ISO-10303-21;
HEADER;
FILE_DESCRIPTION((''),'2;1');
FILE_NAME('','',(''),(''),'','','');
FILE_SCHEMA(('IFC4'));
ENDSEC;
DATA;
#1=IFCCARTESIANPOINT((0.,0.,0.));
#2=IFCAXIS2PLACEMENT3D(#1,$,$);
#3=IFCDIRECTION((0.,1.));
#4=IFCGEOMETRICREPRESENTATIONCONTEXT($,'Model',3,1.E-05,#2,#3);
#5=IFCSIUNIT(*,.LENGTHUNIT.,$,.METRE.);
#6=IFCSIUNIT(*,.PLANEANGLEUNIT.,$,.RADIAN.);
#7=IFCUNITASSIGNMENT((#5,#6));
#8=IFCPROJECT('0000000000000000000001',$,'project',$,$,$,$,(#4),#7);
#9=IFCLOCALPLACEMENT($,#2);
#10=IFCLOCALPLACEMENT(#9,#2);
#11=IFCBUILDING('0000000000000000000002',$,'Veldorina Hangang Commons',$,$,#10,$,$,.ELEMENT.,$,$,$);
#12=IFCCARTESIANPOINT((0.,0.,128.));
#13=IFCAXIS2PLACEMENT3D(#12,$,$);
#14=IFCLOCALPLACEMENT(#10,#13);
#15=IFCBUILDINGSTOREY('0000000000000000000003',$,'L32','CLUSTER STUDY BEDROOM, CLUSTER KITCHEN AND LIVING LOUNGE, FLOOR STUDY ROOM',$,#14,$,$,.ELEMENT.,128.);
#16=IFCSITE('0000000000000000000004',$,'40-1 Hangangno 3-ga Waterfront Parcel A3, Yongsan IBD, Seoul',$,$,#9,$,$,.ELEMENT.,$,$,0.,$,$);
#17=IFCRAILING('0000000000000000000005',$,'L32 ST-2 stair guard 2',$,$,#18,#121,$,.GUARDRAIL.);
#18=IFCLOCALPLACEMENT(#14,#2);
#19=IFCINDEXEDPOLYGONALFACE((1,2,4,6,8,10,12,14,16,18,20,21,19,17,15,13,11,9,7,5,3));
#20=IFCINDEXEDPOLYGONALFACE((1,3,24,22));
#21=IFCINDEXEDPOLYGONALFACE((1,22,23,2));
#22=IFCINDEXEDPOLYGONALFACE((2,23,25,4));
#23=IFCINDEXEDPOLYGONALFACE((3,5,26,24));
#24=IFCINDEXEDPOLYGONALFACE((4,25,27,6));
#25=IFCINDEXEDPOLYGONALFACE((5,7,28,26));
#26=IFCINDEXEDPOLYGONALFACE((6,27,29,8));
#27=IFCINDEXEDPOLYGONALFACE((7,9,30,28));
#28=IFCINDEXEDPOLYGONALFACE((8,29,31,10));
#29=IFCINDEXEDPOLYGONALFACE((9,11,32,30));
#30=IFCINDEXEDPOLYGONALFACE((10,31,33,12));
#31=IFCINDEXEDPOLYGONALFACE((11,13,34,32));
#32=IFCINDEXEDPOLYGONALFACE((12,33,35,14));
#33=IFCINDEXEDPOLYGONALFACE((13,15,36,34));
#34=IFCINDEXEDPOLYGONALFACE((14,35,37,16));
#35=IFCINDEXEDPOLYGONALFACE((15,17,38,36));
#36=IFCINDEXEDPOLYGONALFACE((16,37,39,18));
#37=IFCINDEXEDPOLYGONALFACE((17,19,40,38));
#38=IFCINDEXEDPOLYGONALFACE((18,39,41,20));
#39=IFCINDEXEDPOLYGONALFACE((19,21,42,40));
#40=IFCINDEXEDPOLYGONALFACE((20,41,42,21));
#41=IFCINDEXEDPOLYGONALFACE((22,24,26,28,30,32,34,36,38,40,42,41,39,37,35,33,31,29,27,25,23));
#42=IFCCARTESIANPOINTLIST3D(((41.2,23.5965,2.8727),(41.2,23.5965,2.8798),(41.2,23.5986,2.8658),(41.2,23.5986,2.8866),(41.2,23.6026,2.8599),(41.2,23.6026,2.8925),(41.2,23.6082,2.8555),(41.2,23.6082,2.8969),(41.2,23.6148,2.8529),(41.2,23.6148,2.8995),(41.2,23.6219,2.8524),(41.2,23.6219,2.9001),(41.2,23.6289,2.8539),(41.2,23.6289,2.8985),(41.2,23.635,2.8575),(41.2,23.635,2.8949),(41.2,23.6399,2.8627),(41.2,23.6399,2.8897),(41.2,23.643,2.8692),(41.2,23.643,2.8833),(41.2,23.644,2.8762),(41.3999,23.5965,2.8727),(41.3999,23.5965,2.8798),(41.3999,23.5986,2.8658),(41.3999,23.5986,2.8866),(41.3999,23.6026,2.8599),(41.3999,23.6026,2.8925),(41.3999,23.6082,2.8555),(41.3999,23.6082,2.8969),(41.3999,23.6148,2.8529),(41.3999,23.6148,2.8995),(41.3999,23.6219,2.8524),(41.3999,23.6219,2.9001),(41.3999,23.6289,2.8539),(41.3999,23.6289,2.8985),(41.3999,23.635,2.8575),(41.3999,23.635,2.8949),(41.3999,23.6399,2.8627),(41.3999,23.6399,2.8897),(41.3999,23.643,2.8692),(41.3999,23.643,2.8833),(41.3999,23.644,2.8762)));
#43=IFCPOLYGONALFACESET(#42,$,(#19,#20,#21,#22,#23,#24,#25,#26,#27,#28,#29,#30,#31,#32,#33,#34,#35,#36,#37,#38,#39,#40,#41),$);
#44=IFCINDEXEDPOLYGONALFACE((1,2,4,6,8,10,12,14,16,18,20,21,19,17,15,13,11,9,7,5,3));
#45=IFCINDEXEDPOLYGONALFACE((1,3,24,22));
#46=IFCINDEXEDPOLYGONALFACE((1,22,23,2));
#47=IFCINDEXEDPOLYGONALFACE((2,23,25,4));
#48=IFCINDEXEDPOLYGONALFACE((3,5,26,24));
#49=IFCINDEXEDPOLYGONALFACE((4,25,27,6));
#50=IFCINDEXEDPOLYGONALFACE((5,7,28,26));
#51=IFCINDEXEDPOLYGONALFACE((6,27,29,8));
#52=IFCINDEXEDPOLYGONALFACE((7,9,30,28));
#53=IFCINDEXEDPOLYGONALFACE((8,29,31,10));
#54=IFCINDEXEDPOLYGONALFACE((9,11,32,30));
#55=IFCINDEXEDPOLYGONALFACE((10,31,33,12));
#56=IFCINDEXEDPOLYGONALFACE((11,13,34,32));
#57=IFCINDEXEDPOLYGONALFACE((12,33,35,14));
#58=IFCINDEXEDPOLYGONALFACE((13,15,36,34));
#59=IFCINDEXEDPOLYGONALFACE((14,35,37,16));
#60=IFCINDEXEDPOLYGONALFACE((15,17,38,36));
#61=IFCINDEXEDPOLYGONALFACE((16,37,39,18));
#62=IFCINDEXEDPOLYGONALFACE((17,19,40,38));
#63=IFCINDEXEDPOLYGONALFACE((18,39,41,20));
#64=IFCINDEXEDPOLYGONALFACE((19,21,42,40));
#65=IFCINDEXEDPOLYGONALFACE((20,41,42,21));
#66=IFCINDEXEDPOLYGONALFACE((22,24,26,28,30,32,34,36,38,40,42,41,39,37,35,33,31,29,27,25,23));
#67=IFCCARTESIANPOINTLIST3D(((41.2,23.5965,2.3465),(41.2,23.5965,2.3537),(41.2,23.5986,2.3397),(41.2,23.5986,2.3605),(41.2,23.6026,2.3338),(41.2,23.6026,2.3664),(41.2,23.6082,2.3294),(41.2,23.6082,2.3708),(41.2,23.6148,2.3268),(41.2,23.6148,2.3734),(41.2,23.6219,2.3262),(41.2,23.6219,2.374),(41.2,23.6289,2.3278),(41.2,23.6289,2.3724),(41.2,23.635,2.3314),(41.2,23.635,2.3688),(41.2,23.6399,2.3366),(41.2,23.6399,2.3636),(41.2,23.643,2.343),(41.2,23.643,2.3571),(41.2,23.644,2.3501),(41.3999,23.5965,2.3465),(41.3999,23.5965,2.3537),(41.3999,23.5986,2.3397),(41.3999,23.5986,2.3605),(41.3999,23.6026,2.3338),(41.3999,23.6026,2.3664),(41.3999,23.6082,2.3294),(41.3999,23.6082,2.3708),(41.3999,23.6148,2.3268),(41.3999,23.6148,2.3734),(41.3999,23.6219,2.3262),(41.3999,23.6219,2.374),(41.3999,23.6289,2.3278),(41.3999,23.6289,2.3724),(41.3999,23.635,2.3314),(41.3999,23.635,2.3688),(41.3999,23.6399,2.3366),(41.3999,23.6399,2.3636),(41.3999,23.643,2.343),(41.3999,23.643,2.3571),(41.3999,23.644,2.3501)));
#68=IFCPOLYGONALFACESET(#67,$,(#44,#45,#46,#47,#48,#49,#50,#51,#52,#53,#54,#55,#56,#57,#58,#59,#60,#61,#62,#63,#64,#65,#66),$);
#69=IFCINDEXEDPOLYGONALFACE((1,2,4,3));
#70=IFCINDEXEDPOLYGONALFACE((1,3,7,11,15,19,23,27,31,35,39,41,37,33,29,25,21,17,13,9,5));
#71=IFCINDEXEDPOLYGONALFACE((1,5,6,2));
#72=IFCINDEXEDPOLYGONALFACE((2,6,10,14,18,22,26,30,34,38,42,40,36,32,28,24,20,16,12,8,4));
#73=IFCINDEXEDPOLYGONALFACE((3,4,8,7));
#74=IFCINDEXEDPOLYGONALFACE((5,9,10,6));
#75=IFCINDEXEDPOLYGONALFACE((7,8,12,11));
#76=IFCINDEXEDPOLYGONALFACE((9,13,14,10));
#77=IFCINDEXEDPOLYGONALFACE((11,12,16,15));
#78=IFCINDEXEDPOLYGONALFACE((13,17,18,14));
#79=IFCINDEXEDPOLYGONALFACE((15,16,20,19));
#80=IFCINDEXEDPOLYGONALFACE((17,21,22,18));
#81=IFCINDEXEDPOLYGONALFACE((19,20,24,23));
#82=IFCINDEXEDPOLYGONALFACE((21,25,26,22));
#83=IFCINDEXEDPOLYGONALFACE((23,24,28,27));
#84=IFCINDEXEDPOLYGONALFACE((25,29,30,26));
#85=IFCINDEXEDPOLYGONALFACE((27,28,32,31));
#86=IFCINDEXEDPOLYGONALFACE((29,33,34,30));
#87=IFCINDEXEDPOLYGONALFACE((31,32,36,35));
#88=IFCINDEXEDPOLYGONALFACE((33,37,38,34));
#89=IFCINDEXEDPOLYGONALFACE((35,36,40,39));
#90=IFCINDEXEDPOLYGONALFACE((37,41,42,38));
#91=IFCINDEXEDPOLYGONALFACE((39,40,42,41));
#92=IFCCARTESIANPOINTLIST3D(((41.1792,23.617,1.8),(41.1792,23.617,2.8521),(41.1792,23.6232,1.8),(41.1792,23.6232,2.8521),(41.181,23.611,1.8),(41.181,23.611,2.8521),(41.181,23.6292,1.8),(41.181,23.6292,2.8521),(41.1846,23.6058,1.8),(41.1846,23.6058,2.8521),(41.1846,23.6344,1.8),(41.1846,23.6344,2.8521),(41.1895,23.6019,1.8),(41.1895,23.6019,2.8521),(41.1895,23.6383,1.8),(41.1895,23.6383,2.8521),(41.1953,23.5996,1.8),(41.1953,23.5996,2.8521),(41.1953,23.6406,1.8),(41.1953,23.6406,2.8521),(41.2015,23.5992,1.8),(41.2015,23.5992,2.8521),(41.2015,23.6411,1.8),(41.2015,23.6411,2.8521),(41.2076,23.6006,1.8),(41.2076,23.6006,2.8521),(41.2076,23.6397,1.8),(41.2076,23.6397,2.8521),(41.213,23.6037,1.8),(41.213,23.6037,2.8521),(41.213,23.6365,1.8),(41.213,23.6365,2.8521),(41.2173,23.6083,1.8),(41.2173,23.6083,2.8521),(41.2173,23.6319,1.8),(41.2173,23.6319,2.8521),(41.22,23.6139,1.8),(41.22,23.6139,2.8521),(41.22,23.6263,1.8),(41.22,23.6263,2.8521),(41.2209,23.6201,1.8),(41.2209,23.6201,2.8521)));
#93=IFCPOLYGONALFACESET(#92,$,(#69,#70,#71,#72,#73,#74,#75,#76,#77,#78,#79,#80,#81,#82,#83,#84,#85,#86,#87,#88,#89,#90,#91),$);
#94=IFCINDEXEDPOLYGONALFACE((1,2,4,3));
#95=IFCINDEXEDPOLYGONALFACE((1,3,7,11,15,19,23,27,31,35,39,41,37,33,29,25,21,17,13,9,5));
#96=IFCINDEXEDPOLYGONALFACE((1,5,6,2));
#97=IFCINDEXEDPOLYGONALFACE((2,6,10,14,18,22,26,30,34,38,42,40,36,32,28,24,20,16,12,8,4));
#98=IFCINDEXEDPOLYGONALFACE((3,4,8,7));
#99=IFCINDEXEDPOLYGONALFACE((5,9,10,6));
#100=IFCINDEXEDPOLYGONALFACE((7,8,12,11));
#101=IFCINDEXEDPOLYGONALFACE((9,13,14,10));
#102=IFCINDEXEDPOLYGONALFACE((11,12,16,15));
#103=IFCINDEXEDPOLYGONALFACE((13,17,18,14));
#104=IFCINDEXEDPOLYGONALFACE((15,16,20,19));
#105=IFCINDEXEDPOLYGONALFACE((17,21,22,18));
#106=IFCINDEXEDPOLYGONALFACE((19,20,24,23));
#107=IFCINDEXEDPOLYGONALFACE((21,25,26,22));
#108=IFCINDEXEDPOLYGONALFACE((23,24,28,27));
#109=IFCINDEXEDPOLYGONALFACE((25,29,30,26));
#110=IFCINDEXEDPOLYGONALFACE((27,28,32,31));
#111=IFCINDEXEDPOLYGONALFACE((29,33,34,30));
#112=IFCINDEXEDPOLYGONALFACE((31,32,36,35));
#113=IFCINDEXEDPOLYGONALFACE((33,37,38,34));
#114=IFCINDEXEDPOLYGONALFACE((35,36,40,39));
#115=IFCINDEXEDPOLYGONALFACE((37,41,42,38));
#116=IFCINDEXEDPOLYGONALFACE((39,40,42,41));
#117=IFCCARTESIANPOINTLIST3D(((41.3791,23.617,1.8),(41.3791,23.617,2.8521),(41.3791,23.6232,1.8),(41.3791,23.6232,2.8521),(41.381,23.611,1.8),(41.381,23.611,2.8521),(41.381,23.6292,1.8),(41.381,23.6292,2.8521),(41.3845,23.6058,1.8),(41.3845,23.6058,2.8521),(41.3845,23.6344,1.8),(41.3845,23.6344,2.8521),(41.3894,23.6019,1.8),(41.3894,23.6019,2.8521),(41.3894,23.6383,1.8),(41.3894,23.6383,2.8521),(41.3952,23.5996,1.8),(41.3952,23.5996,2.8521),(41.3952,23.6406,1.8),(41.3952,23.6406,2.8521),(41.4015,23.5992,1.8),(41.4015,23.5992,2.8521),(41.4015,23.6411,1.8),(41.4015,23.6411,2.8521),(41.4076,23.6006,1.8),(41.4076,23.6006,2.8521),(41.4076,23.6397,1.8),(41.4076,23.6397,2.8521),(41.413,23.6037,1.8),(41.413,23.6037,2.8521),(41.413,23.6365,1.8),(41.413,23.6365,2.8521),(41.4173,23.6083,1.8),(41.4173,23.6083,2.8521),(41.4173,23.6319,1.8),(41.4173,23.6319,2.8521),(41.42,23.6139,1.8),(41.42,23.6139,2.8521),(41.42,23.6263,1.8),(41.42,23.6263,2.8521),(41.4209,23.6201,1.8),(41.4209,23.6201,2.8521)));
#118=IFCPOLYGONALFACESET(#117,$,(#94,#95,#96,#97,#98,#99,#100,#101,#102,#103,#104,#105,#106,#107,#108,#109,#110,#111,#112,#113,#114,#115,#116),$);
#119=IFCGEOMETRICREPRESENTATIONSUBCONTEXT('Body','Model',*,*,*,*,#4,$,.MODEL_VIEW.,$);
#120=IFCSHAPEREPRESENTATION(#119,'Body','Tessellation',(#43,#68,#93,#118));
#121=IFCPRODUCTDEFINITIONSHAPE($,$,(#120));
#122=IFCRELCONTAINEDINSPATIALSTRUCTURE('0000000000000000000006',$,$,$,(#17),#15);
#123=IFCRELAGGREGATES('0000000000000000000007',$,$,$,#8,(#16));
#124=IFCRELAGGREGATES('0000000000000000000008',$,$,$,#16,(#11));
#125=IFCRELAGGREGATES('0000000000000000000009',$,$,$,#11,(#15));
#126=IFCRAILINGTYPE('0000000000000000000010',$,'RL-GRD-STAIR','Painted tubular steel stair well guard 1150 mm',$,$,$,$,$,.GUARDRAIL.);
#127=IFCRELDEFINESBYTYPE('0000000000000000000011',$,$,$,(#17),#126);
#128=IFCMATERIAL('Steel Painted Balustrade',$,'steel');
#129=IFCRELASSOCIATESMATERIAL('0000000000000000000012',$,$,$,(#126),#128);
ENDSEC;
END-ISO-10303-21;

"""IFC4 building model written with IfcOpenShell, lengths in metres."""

from ifc_helpers import new_model, si_unit, direction, frame, origin, origin_2d, place, context, subcontext, project, spatial, circle, extrude, material, type_object, element, save


model = new_model("IFC4")

# Units and contexts
model_context = context("Model", 3, precision=1e-05, world=origin(), true_north=direction((0.0, 1.0)))
body_context = subcontext(model_context, "Body", "Model", "MODEL_VIEW")
ifc_project = project(units=[si_unit("LENGTHUNIT", "METRE"), si_unit("PLANEANGLEUNIT", "RADIAN")], contexts=[model_context])

# Site, building, storey
site_placement = place(None, origin())
site = spatial("IfcSite", under=ifc_project, at=site_placement, Name="40-1 Hangangno 3-ga Waterfront Parcel A3, Yongsan IBD, Seoul", CompositionType="ELEMENT", RefElevation=0.0)
building_placement = place(site_placement, origin())
building = spatial("IfcBuilding", under=site, at=building_placement, Name="Veldorina Hangang Commons", CompositionType="ELEMENT")
storey_placement = place(building_placement, frame((0.0, 0.0, 128.0)))
storey = spatial("IfcBuildingStorey", under=building, at=storey_placement, Name="L32", Description="CLUSTER STUDY BEDROOM, CLUSTER KITCHEN AND LIVING LOUNGE, FLOOR STUDY ROOM", CompositionType="ELEMENT", Elevation=128.0)

# Railing
ifc_material_1 = material(Name="Steel Painted Balustrade", Category="steel")
railing_type_1 = type_object("IfcRailingType", Name="RL-GRD-STAIR", Description="Painted tubular steel stair well guard 1150 mm", PredefinedType="GUARDRAIL", material=ifc_material_1)
railing_1_placement = place(storey_placement, frame((41.2, 23.6201, 1.8)))
element("IfcRailing", 1, at=railing_1_placement, inside=storey, type_object=railing_type_1, Name="L32 ST-2 stair guard 2", PredefinedType="GUARDRAIL", context=body_context, shape_type="SweptSolid", body=[
    extrude(circle(Radius=0.0239, at=origin_2d()), frame((0.0, 0.0, 1.0762), z_axis=(1.0, 0.0, 0.0), x_axis=(0.0, 1.0, 0.0)), (0.0, 0.0, 1.0), 0.2),
    extrude(circle(Radius=0.0239, at=origin_2d()), frame((0.0, 0.0, 0.55), z_axis=(1.0, 0.0, 0.0), x_axis=(0.0, 1.0, 0.0)), (0.0, 0.0, 1.0), 0.2),
    extrude(circle(Radius=0.021, at=origin_2d()), origin(), (0.0, 0.0, 1.0), 1.052),
    extrude(circle(Radius=0.021, at=origin_2d()), frame((0.2, 0.0, 0.0)), (0.0, 0.0, 1.0), 1.052),
])

save(model, "model.ifc")
